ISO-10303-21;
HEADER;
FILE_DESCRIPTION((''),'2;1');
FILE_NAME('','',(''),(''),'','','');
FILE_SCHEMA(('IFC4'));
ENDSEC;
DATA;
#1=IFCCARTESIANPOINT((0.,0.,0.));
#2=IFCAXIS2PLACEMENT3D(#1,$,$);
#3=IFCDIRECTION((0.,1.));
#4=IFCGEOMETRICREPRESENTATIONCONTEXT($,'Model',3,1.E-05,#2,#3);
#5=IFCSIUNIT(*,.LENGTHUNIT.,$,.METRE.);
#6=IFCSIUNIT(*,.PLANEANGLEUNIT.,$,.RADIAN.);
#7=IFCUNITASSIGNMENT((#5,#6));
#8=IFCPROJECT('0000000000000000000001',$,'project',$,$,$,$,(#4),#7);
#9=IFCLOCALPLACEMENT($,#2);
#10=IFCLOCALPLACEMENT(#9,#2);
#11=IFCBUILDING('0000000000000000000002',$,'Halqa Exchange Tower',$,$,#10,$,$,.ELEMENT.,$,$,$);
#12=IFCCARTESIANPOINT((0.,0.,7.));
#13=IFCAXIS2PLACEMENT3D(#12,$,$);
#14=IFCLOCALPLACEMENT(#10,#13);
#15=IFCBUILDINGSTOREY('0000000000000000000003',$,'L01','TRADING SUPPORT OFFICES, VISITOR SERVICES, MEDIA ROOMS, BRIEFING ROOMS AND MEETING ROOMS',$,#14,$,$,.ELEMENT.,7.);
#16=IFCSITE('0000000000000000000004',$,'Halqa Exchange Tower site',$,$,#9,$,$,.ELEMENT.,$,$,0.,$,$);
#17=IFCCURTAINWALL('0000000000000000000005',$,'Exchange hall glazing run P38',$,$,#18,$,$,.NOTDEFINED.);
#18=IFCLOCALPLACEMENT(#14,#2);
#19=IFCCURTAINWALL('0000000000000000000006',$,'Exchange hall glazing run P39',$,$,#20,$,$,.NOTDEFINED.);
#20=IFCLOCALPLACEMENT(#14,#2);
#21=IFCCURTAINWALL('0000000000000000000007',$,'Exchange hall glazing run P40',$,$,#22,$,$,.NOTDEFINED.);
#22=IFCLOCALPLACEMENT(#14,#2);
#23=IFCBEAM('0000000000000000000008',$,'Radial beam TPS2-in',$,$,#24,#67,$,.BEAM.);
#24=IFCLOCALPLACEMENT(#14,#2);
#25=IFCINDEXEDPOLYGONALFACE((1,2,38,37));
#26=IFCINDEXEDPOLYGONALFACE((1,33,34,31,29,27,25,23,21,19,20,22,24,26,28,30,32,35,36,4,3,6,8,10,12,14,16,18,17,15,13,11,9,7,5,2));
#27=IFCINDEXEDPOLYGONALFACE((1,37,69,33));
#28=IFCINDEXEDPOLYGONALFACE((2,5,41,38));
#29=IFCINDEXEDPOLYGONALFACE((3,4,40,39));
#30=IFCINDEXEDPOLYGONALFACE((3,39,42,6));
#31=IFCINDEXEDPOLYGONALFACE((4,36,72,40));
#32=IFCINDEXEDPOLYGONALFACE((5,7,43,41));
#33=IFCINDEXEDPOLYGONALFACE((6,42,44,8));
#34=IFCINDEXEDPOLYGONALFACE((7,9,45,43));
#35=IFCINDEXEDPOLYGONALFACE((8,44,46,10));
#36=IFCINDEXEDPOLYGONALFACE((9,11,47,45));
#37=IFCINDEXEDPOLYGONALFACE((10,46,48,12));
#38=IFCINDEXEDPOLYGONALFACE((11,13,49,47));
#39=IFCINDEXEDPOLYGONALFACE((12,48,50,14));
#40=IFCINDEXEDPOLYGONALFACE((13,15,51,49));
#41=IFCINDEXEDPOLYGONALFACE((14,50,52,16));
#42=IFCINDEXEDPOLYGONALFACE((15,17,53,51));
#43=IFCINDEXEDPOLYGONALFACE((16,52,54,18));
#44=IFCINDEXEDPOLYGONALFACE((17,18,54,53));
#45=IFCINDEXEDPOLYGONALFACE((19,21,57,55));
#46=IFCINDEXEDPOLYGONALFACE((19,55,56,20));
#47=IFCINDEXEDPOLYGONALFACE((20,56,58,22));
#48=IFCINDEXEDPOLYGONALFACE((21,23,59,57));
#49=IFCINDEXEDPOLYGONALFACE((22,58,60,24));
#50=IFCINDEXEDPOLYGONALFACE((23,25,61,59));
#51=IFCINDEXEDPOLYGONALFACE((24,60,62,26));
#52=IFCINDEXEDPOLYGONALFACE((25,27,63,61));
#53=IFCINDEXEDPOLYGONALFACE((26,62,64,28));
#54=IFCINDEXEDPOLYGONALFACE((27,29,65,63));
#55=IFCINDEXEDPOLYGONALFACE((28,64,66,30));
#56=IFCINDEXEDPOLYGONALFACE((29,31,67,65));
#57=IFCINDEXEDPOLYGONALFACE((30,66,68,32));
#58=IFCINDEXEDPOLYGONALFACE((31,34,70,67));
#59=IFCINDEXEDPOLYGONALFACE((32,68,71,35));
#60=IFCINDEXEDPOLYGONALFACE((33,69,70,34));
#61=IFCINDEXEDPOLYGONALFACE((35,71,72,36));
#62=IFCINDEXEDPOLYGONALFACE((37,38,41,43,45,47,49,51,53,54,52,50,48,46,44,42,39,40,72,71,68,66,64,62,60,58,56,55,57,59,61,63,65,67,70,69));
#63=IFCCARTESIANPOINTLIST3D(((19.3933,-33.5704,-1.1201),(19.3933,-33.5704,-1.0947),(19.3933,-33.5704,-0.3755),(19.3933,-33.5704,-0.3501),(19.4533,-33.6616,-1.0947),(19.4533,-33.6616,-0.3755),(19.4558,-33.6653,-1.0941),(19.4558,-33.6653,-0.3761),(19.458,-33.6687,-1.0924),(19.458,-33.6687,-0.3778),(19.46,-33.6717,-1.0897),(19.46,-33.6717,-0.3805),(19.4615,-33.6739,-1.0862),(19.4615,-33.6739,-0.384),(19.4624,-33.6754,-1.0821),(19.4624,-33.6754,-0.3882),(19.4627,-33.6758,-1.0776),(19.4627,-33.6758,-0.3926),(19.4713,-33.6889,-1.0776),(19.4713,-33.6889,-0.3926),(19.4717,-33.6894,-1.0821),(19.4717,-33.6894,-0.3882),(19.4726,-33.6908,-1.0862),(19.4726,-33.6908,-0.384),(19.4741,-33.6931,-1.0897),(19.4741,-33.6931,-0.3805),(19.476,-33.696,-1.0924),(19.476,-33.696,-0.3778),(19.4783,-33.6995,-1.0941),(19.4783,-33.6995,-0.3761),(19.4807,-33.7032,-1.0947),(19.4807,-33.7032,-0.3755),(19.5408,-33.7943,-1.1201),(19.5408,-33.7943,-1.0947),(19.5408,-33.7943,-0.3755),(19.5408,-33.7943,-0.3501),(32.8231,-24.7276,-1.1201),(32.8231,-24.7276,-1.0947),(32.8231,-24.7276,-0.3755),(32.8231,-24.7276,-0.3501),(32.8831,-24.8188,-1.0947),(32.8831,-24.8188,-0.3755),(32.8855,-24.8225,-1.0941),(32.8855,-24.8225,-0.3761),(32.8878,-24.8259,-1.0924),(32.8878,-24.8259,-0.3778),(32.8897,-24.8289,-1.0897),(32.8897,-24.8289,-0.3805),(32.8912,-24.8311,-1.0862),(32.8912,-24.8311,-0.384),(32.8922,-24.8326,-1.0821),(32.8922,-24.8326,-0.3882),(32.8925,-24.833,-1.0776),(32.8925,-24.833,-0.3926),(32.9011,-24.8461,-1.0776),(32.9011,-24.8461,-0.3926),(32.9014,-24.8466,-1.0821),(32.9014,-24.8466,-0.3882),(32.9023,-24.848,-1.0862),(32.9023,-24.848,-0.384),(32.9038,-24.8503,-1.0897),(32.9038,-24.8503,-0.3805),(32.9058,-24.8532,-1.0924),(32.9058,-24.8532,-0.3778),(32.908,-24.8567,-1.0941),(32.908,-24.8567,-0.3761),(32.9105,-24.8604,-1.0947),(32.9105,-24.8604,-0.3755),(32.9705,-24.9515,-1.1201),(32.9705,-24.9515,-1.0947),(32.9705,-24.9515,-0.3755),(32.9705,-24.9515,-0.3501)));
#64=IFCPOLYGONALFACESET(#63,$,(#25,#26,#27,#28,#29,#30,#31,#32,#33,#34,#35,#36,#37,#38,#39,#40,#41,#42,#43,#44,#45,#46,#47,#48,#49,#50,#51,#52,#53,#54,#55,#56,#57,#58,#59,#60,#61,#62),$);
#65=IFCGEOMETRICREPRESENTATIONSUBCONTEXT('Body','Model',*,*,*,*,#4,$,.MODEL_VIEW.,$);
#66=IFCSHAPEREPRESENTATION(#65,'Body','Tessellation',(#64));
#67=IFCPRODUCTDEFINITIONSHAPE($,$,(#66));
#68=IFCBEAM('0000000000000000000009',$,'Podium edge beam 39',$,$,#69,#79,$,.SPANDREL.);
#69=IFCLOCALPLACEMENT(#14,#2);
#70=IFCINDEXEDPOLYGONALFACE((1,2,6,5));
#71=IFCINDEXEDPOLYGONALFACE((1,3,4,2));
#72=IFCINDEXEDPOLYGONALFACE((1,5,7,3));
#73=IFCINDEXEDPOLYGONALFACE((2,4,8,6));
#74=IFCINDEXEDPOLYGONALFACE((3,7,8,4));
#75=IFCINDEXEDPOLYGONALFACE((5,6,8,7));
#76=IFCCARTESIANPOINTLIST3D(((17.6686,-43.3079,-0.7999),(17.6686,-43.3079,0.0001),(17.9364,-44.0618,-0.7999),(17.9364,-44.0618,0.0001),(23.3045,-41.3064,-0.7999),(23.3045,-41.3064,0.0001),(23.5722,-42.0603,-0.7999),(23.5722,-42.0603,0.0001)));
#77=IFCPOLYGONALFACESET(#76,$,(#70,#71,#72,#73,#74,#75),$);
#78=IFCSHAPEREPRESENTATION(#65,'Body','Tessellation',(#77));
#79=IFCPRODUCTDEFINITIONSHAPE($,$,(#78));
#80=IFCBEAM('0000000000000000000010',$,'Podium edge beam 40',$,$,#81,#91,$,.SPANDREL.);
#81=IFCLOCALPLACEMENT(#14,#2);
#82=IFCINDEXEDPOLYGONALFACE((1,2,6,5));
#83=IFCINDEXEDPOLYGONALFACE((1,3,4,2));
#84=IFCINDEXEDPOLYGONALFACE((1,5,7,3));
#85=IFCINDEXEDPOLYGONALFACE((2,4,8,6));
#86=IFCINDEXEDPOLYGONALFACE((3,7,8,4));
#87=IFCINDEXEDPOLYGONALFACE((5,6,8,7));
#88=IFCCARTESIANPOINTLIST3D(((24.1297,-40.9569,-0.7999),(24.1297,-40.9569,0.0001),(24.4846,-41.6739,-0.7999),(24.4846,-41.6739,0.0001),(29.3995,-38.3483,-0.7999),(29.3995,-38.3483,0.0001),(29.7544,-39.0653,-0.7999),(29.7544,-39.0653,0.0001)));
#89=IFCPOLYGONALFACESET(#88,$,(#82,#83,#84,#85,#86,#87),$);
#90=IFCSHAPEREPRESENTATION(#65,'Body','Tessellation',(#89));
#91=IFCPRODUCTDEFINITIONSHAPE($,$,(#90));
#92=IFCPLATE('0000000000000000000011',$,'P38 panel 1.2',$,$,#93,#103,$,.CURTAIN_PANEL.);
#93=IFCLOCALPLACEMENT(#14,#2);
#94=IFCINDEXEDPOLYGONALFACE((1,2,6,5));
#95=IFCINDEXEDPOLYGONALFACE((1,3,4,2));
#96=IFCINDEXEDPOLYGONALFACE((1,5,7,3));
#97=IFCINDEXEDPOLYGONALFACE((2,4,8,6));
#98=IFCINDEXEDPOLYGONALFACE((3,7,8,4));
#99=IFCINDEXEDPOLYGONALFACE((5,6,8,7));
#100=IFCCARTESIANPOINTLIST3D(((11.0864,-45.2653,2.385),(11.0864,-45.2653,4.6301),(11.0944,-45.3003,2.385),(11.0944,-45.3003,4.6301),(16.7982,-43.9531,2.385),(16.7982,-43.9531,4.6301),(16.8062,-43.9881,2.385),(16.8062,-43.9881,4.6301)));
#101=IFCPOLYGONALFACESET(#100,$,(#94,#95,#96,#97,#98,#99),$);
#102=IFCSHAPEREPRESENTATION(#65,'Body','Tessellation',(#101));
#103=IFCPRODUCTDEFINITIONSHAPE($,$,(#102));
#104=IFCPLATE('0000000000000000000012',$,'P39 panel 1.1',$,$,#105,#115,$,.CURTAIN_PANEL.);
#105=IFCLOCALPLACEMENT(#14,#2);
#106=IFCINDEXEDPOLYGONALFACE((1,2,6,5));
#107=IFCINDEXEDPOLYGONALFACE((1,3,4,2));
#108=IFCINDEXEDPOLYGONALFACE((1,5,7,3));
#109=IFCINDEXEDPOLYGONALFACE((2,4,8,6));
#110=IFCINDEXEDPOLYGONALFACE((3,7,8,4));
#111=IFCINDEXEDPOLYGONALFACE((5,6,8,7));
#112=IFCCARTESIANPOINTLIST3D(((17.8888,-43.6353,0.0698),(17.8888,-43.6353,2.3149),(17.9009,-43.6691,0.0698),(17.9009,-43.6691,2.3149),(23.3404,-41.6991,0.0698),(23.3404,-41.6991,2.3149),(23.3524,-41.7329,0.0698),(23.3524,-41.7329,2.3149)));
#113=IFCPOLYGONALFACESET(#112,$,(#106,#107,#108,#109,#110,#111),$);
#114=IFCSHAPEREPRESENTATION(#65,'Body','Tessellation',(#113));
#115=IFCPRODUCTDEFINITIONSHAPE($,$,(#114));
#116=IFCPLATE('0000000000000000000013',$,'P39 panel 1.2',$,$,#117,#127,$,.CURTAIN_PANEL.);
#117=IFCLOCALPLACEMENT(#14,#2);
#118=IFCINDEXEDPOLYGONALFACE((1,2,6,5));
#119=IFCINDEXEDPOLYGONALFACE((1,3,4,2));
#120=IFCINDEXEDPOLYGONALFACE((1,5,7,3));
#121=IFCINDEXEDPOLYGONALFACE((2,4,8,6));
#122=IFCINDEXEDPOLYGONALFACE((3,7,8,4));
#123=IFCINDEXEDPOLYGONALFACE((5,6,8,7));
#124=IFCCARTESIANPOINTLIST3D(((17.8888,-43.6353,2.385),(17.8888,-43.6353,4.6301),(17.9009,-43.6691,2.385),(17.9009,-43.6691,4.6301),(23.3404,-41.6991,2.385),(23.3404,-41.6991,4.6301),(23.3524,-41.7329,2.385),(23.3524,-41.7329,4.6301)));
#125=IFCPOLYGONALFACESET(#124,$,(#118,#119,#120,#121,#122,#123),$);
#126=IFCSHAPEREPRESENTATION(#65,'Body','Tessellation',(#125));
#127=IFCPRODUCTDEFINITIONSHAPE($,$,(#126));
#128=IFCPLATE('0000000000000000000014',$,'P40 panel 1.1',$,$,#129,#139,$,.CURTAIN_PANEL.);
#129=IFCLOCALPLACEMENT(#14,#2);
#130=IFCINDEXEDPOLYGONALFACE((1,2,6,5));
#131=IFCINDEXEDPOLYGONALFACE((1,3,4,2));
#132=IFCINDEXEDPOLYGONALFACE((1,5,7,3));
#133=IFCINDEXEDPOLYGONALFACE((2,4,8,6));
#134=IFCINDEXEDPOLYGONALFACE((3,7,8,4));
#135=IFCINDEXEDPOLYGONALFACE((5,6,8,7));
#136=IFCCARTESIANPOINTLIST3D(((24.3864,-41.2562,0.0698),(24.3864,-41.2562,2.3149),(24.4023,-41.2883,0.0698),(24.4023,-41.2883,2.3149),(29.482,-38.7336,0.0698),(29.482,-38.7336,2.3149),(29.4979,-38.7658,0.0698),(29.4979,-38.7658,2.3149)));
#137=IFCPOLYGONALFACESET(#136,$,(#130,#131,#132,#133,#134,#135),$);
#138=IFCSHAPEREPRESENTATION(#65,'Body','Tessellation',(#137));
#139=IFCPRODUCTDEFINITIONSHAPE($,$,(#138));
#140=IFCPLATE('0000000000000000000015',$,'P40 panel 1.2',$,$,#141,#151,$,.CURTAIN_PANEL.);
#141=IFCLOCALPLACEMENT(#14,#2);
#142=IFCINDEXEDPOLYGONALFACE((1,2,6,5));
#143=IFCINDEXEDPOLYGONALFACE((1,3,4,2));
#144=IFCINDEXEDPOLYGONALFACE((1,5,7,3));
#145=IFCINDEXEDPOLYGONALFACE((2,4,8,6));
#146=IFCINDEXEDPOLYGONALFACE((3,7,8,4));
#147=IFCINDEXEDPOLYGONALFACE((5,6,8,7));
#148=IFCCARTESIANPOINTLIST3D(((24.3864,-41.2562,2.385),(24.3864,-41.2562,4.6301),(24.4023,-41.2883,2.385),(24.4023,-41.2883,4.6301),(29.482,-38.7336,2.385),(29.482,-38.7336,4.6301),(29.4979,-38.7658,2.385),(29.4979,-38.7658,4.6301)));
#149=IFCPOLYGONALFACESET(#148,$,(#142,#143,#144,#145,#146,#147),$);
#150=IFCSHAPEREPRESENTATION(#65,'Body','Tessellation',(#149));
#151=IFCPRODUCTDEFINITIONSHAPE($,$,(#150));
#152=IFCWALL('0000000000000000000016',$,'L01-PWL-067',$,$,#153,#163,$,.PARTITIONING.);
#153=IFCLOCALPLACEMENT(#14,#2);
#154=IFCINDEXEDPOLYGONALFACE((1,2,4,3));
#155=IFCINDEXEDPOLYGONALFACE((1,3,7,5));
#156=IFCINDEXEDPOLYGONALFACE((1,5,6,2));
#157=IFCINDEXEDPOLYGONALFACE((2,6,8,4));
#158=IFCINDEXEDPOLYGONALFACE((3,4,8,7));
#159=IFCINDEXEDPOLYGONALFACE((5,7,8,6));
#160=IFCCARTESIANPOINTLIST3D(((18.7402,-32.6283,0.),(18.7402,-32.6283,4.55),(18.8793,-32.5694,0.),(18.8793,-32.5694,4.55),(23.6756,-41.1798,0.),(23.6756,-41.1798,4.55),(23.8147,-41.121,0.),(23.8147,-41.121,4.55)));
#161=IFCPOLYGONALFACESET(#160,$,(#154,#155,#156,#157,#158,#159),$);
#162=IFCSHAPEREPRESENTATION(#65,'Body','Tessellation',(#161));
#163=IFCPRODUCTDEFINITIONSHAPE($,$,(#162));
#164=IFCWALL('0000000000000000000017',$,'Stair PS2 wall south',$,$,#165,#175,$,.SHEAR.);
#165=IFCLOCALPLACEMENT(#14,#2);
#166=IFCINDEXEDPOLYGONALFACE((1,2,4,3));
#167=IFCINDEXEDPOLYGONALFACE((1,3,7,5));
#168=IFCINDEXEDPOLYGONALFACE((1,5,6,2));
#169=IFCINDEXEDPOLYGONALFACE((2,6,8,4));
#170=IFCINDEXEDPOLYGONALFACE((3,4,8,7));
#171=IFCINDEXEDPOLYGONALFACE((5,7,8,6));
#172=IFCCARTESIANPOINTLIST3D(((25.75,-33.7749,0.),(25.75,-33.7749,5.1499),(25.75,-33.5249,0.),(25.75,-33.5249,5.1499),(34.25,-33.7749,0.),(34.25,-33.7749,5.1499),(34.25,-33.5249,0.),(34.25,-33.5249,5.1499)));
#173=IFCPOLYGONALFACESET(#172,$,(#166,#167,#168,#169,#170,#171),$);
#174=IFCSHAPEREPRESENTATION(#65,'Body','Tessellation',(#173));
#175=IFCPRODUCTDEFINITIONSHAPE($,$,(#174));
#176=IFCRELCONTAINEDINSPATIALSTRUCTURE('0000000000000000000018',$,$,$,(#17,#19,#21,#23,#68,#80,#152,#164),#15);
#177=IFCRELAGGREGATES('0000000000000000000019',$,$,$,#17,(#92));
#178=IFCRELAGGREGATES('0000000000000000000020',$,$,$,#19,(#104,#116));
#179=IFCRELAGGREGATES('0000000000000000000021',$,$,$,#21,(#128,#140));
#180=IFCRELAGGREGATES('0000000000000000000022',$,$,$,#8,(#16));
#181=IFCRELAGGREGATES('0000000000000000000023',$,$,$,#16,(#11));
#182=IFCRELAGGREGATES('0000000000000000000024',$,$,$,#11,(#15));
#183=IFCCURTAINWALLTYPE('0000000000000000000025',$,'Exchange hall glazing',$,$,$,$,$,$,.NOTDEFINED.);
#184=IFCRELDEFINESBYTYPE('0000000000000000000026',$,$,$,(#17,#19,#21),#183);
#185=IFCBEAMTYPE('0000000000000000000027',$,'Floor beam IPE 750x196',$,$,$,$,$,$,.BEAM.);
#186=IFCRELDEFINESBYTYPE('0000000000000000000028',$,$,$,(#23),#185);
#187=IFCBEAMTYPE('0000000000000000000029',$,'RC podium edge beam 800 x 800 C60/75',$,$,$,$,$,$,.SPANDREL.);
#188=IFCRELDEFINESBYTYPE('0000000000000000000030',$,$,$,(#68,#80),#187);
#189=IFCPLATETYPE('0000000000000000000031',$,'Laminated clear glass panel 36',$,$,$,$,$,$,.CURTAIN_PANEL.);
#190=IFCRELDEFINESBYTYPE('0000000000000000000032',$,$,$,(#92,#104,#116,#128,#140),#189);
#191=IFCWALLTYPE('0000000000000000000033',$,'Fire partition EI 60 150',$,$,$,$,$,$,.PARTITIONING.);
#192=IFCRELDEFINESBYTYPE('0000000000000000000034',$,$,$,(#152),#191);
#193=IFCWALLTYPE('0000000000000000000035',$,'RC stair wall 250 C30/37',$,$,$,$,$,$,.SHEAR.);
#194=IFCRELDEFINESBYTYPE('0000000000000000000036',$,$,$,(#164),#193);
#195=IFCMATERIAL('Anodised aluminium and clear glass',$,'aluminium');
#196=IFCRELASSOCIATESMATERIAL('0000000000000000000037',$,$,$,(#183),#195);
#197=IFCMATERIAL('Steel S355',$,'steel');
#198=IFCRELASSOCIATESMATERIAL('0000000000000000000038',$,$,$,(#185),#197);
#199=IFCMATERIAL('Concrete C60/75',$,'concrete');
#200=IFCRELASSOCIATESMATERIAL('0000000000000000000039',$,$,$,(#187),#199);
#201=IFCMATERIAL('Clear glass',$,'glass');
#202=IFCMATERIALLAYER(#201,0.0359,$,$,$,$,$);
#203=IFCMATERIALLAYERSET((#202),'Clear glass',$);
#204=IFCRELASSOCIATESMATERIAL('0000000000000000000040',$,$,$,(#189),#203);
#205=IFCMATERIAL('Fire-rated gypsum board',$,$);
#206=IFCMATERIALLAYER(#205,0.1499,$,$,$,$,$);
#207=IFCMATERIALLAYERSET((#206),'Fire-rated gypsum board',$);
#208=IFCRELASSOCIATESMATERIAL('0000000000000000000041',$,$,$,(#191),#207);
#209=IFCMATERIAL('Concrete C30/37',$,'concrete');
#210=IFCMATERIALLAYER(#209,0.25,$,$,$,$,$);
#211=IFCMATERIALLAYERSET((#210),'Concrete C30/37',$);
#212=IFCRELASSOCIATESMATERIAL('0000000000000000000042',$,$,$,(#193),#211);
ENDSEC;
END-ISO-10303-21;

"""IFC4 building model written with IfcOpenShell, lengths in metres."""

from ifc_helpers import new_model, si_unit, direction, frame, frame_2d, origin, origin_2d, place, context, subcontext, project, spatial, polyline, rectangle, i_section, outline, extrude, material, layer, layer_set, material_profile, profile_set, type_object, element, aggregate, save


model = new_model("IFC4")

# Units and contexts
model_context = context("Model", 3, precision=1e-05, world=origin(), true_north=direction((0.0, 1.0)))
body_context = subcontext(model_context, "Body", "Model", "MODEL_VIEW")
ifc_project = project(units=[si_unit("LENGTHUNIT", "METRE"), si_unit("PLANEANGLEUNIT", "RADIAN")], contexts=[model_context])

# Site, building, storey
site_placement = place(None, origin())
site = spatial("IfcSite", under=ifc_project, at=site_placement, Name="Halqa Exchange Tower site", CompositionType="ELEMENT", RefElevation=0.0)
building_placement = place(site_placement, origin())
building = spatial("IfcBuilding", under=site, at=building_placement, Name="Halqa Exchange Tower", CompositionType="ELEMENT")
storey_placement = place(building_placement, frame((0.0, 0.0, 7.0)))
storey = spatial("IfcBuildingStorey", under=building, at=storey_placement, Name="L01", Description="TRADING SUPPORT OFFICES, VISITOR SERVICES, MEDIA ROOMS, BRIEFING ROOMS AND MEETING ROOMS", CompositionType="ELEMENT", Elevation=7.0)

# Shared definitions
ifc_material_1 = material(Name="Concrete C60/75", Category="concrete")

# Curtain wall
ifc_material_2 = material(Name="Anodised aluminium and clear glass", Category="aluminium")
curtain_wall_type = type_object("IfcCurtainWallType", Name="Exchange hall glazing", PredefinedType="NOTDEFINED", material=ifc_material_2)
curtain_wall_1_placement = place(storey_placement, origin())
curtain_wall_1 = element("IfcCurtainWall", 1, at=curtain_wall_1_placement, inside=storey, type_object=curtain_wall_type, Name="Exchange hall glazing run P38", PredefinedType="NOTDEFINED")

# Curtain wall
curtain_wall_2_placement = place(storey_placement, origin())
curtain_wall_2 = element("IfcCurtainWall", 2, at=curtain_wall_2_placement, inside=storey, type_object=curtain_wall_type, Name="Exchange hall glazing run P39", PredefinedType="NOTDEFINED")

# Curtain wall
curtain_wall_3_placement = place(storey_placement, origin())
curtain_wall_3 = element("IfcCurtainWall", 3, at=curtain_wall_3_placement, inside=storey, type_object=curtain_wall_type, Name="Exchange hall glazing run P40", PredefinedType="NOTDEFINED")

# Beams
ifc_material_3 = material(Name="Steel S355", Category="steel")
ifc_material_profile_1 = material_profile(ifc_material_3, i_section(OverallWidth=0.2681, OverallDepth=0.77, WebThickness=0.0156, FlangeThickness=0.0254, FilletRadius=0.0171, at=origin_2d()), Name="IPE 750x196")
ifc_profile_set_1 = profile_set([ifc_material_profile_1], Name="Steel S355")
beam_type_1 = type_object("IfcBeamType", Name="Floor beam IPE 750x196", PredefinedType="BEAM", material=ifc_profile_set_1)
beam_1_placement = place(storey_placement, frame((19.467, -33.6824, -0.7351), z_axis=(0.835204, 0.54994, 0.0), x_axis=(-0.54994, 0.835204, 0.0)))
element("IfcBeam", 4, at=beam_1_placement, inside=storey, type_object=beam_type_1, Name="Radial beam TPS2-in", PredefinedType="BEAM", context=body_context, shape_type="SweptSolid", body=[
    extrude(i_section(OverallWidth=0.2681, OverallDepth=0.77, WebThickness=0.0156, FlangeThickness=0.0254, FilletRadius=0.0171, at=origin_2d()), origin(), (0.0, 0.0, 1.0), 16.0796),
])
ifc_material_profile_2 = material_profile(ifc_material_1, rectangle(XDim=0.8, YDim=0.8, at=origin_2d()), Name="800 x 800")
ifc_profile_set_2 = profile_set([ifc_material_profile_2], Name="Concrete C60/75")
beam_type_2 = type_object("IfcBeamType", Name="RC podium edge beam 800 x 800 C60/75", PredefinedType="SPANDREL", material=ifc_profile_set_2)
beam_2_placement = place(storey_placement, frame((17.8025, -43.6848, -0.3999), z_axis=(0.942343, 0.334647, 0.0), x_axis=(-0.334647, 0.942343, 0.0)))
element("IfcBeam", 5, at=beam_2_placement, inside=storey, type_object=beam_type_2, Name="Podium edge beam 39", PredefinedType="SPANDREL", context=body_context, shape_type="SweptSolid", body=[
    extrude(rectangle(XDim=0.8, YDim=0.8, at=origin_2d()), origin(), (0.0, 0.0, 1.0), 5.9807),
])
beam_3_placement = place(storey_placement, frame((24.3071, -41.3154, -0.3999), z_axis=(0.896205, 0.443639, 0.0), x_axis=(-0.443639, 0.896205, 0.0)))
element("IfcBeam", 6, at=beam_3_placement, inside=storey, type_object=beam_type_2, Name="Podium edge beam 40", PredefinedType="SPANDREL", context=body_context, shape_type="SweptSolid", body=[
    extrude(rectangle(XDim=0.8, YDim=0.8, at=origin_2d()), origin(), (0.0, 0.0, 1.0), 5.8801),
])

# Plates
ifc_material_4 = material(Name="Clear glass", Category="glass")
ifc_layer_1 = layer(ifc_material_4, 0.0359)
ifc_layer_set_1 = layer_set([ifc_layer_1], Name="Clear glass")
plate_type = type_object("IfcPlateType", Name="Laminated clear glass panel 36", PredefinedType="CURTAIN_PANEL", material=ifc_layer_set_1)
plate_1_placement = place(storey_placement, frame((13.9463, -44.6267, 2.385), z_axis=(0.0, 0.0, 1.0), x_axis=(0.974613, 0.223897, 0.0)))
plate_1 = element("IfcPlate", 7, at=plate_1_placement, type_object=plate_type, Name="P38 panel 1.2", PredefinedType="CURTAIN_PANEL", context=body_context, shape_type="SweptSolid", body=[
    extrude(rectangle(XDim=5.8606, YDim=0.0359, at=origin_2d()), origin(), (0.0, 0.0, 1.0), 2.2451),
])
aggregate(curtain_wall_1, [plate_1])
plate_2_placement = place(storey_placement, frame((20.6206, -42.6841, 0.0698), z_axis=(0.0, 0.0, 1.0), x_axis=(0.942329, 0.334688, 0.0)))
plate_2 = element("IfcPlate", 8, at=plate_2_placement, type_object=plate_type, Name="P39 panel 1.1", PredefinedType="CURTAIN_PANEL", context=body_context, shape_type="SweptSolid", body=[
    extrude(rectangle(XDim=5.7852, YDim=0.0359, at=origin_2d()), origin(), (0.0, 0.0, 1.0), 2.2451),
])
plate_3_placement = place(storey_placement, frame((20.6206, -42.6841, 2.385), z_axis=(0.0, 0.0, 1.0), x_axis=(0.942329, 0.334688, 0.0)))
plate_3 = element("IfcPlate", 9, at=plate_3_placement, type_object=plate_type, Name="P39 panel 1.2", PredefinedType="CURTAIN_PANEL", context=body_context, shape_type="SweptSolid", body=[
    extrude(rectangle(XDim=5.7852, YDim=0.0359, at=origin_2d()), origin(), (0.0, 0.0, 1.0), 2.2451),
])
aggregate(curtain_wall_2, [plate_2, plate_3])
plate_4_placement = place(storey_placement, frame((26.9421, -40.011, 0.0698), z_axis=(0.0, 0.0, 1.0), x_axis=(0.896198, 0.443653, 0.0)))
plate_4 = element("IfcPlate", 10, at=plate_4_placement, type_object=plate_type, Name="P40 panel 1.1", PredefinedType="CURTAIN_PANEL", context=body_context, shape_type="SweptSolid", body=[
    extrude(rectangle(XDim=5.6858, YDim=0.0359, at=origin_2d()), origin(), (0.0, 0.0, 1.0), 2.2451),
])
plate_5_placement = place(storey_placement, frame((26.9421, -40.011, 2.385), z_axis=(0.0, 0.0, 1.0), x_axis=(0.896198, 0.443653, 0.0)))
plate_5 = element("IfcPlate", 11, at=plate_5_placement, type_object=plate_type, Name="P40 panel 1.2", PredefinedType="CURTAIN_PANEL", context=body_context, shape_type="SweptSolid", body=[
    extrude(rectangle(XDim=5.6858, YDim=0.0359, at=origin_2d()), origin(), (0.0, 0.0, 1.0), 2.2451),
])
aggregate(curtain_wall_3, [plate_4, plate_5])

# Walls
ifc_material_5 = material(Name="Fire-rated gypsum board")
ifc_layer_2 = layer(ifc_material_5, 0.1499)
ifc_layer_set_2 = layer_set([ifc_layer_2], Name="Fire-rated gypsum board")
wall_type_1 = type_object("IfcWallType", Name="Fire partition EI 60 150", PredefinedType="PARTITIONING", material=ifc_layer_set_2)
wall_1_placement = place(storey_placement, frame((23.7451, -41.1504, 0.0), z_axis=(0.0, 0.0, 1.0), x_axis=(-0.499854, 0.866109, 0.0)))
element("IfcWall", 12, at=wall_1_placement, inside=storey, type_object=wall_type_1, Name="L01-PWL-067", PredefinedType="PARTITIONING", context=body_context, shape_type="SweptSolid", body=[
    extrude(outline(polyline([(-0.0093, -0.075), (9.8643, -0.075), (9.8828, 0.075), (0.0093, 0.075), (-0.0093, -0.075)])), origin(), (0.0, 0.0, 1.0), 4.55),
])
ifc_material_6 = material(Name="Concrete C30/37", Category="concrete")
ifc_layer_3 = layer(ifc_material_6, 0.25)
ifc_layer_set_3 = layer_set([ifc_layer_3], Name="Concrete C30/37")
wall_type_2 = type_object("IfcWallType", Name="RC stair wall 250 C30/37", PredefinedType="SHEAR", material=ifc_layer_set_3)
wall_2_placement = place(storey_placement, frame((25.75, -33.6499, 0.0), z_axis=(0.0, 0.0, 1.0), x_axis=(1.0, 0.0, 0.0)))
element("IfcWall", 13, at=wall_2_placement, inside=storey, type_object=wall_type_2, Name="Stair PS2 wall south", PredefinedType="SHEAR", context=body_context, shape_type="SweptSolid", body=[
    extrude(rectangle(XDim=8.5, YDim=0.25, at=frame_2d((4.25, 0.0))), origin(), (0.0, 0.0, 1.0), 5.1499),
])

save(model, "model.ifc")
